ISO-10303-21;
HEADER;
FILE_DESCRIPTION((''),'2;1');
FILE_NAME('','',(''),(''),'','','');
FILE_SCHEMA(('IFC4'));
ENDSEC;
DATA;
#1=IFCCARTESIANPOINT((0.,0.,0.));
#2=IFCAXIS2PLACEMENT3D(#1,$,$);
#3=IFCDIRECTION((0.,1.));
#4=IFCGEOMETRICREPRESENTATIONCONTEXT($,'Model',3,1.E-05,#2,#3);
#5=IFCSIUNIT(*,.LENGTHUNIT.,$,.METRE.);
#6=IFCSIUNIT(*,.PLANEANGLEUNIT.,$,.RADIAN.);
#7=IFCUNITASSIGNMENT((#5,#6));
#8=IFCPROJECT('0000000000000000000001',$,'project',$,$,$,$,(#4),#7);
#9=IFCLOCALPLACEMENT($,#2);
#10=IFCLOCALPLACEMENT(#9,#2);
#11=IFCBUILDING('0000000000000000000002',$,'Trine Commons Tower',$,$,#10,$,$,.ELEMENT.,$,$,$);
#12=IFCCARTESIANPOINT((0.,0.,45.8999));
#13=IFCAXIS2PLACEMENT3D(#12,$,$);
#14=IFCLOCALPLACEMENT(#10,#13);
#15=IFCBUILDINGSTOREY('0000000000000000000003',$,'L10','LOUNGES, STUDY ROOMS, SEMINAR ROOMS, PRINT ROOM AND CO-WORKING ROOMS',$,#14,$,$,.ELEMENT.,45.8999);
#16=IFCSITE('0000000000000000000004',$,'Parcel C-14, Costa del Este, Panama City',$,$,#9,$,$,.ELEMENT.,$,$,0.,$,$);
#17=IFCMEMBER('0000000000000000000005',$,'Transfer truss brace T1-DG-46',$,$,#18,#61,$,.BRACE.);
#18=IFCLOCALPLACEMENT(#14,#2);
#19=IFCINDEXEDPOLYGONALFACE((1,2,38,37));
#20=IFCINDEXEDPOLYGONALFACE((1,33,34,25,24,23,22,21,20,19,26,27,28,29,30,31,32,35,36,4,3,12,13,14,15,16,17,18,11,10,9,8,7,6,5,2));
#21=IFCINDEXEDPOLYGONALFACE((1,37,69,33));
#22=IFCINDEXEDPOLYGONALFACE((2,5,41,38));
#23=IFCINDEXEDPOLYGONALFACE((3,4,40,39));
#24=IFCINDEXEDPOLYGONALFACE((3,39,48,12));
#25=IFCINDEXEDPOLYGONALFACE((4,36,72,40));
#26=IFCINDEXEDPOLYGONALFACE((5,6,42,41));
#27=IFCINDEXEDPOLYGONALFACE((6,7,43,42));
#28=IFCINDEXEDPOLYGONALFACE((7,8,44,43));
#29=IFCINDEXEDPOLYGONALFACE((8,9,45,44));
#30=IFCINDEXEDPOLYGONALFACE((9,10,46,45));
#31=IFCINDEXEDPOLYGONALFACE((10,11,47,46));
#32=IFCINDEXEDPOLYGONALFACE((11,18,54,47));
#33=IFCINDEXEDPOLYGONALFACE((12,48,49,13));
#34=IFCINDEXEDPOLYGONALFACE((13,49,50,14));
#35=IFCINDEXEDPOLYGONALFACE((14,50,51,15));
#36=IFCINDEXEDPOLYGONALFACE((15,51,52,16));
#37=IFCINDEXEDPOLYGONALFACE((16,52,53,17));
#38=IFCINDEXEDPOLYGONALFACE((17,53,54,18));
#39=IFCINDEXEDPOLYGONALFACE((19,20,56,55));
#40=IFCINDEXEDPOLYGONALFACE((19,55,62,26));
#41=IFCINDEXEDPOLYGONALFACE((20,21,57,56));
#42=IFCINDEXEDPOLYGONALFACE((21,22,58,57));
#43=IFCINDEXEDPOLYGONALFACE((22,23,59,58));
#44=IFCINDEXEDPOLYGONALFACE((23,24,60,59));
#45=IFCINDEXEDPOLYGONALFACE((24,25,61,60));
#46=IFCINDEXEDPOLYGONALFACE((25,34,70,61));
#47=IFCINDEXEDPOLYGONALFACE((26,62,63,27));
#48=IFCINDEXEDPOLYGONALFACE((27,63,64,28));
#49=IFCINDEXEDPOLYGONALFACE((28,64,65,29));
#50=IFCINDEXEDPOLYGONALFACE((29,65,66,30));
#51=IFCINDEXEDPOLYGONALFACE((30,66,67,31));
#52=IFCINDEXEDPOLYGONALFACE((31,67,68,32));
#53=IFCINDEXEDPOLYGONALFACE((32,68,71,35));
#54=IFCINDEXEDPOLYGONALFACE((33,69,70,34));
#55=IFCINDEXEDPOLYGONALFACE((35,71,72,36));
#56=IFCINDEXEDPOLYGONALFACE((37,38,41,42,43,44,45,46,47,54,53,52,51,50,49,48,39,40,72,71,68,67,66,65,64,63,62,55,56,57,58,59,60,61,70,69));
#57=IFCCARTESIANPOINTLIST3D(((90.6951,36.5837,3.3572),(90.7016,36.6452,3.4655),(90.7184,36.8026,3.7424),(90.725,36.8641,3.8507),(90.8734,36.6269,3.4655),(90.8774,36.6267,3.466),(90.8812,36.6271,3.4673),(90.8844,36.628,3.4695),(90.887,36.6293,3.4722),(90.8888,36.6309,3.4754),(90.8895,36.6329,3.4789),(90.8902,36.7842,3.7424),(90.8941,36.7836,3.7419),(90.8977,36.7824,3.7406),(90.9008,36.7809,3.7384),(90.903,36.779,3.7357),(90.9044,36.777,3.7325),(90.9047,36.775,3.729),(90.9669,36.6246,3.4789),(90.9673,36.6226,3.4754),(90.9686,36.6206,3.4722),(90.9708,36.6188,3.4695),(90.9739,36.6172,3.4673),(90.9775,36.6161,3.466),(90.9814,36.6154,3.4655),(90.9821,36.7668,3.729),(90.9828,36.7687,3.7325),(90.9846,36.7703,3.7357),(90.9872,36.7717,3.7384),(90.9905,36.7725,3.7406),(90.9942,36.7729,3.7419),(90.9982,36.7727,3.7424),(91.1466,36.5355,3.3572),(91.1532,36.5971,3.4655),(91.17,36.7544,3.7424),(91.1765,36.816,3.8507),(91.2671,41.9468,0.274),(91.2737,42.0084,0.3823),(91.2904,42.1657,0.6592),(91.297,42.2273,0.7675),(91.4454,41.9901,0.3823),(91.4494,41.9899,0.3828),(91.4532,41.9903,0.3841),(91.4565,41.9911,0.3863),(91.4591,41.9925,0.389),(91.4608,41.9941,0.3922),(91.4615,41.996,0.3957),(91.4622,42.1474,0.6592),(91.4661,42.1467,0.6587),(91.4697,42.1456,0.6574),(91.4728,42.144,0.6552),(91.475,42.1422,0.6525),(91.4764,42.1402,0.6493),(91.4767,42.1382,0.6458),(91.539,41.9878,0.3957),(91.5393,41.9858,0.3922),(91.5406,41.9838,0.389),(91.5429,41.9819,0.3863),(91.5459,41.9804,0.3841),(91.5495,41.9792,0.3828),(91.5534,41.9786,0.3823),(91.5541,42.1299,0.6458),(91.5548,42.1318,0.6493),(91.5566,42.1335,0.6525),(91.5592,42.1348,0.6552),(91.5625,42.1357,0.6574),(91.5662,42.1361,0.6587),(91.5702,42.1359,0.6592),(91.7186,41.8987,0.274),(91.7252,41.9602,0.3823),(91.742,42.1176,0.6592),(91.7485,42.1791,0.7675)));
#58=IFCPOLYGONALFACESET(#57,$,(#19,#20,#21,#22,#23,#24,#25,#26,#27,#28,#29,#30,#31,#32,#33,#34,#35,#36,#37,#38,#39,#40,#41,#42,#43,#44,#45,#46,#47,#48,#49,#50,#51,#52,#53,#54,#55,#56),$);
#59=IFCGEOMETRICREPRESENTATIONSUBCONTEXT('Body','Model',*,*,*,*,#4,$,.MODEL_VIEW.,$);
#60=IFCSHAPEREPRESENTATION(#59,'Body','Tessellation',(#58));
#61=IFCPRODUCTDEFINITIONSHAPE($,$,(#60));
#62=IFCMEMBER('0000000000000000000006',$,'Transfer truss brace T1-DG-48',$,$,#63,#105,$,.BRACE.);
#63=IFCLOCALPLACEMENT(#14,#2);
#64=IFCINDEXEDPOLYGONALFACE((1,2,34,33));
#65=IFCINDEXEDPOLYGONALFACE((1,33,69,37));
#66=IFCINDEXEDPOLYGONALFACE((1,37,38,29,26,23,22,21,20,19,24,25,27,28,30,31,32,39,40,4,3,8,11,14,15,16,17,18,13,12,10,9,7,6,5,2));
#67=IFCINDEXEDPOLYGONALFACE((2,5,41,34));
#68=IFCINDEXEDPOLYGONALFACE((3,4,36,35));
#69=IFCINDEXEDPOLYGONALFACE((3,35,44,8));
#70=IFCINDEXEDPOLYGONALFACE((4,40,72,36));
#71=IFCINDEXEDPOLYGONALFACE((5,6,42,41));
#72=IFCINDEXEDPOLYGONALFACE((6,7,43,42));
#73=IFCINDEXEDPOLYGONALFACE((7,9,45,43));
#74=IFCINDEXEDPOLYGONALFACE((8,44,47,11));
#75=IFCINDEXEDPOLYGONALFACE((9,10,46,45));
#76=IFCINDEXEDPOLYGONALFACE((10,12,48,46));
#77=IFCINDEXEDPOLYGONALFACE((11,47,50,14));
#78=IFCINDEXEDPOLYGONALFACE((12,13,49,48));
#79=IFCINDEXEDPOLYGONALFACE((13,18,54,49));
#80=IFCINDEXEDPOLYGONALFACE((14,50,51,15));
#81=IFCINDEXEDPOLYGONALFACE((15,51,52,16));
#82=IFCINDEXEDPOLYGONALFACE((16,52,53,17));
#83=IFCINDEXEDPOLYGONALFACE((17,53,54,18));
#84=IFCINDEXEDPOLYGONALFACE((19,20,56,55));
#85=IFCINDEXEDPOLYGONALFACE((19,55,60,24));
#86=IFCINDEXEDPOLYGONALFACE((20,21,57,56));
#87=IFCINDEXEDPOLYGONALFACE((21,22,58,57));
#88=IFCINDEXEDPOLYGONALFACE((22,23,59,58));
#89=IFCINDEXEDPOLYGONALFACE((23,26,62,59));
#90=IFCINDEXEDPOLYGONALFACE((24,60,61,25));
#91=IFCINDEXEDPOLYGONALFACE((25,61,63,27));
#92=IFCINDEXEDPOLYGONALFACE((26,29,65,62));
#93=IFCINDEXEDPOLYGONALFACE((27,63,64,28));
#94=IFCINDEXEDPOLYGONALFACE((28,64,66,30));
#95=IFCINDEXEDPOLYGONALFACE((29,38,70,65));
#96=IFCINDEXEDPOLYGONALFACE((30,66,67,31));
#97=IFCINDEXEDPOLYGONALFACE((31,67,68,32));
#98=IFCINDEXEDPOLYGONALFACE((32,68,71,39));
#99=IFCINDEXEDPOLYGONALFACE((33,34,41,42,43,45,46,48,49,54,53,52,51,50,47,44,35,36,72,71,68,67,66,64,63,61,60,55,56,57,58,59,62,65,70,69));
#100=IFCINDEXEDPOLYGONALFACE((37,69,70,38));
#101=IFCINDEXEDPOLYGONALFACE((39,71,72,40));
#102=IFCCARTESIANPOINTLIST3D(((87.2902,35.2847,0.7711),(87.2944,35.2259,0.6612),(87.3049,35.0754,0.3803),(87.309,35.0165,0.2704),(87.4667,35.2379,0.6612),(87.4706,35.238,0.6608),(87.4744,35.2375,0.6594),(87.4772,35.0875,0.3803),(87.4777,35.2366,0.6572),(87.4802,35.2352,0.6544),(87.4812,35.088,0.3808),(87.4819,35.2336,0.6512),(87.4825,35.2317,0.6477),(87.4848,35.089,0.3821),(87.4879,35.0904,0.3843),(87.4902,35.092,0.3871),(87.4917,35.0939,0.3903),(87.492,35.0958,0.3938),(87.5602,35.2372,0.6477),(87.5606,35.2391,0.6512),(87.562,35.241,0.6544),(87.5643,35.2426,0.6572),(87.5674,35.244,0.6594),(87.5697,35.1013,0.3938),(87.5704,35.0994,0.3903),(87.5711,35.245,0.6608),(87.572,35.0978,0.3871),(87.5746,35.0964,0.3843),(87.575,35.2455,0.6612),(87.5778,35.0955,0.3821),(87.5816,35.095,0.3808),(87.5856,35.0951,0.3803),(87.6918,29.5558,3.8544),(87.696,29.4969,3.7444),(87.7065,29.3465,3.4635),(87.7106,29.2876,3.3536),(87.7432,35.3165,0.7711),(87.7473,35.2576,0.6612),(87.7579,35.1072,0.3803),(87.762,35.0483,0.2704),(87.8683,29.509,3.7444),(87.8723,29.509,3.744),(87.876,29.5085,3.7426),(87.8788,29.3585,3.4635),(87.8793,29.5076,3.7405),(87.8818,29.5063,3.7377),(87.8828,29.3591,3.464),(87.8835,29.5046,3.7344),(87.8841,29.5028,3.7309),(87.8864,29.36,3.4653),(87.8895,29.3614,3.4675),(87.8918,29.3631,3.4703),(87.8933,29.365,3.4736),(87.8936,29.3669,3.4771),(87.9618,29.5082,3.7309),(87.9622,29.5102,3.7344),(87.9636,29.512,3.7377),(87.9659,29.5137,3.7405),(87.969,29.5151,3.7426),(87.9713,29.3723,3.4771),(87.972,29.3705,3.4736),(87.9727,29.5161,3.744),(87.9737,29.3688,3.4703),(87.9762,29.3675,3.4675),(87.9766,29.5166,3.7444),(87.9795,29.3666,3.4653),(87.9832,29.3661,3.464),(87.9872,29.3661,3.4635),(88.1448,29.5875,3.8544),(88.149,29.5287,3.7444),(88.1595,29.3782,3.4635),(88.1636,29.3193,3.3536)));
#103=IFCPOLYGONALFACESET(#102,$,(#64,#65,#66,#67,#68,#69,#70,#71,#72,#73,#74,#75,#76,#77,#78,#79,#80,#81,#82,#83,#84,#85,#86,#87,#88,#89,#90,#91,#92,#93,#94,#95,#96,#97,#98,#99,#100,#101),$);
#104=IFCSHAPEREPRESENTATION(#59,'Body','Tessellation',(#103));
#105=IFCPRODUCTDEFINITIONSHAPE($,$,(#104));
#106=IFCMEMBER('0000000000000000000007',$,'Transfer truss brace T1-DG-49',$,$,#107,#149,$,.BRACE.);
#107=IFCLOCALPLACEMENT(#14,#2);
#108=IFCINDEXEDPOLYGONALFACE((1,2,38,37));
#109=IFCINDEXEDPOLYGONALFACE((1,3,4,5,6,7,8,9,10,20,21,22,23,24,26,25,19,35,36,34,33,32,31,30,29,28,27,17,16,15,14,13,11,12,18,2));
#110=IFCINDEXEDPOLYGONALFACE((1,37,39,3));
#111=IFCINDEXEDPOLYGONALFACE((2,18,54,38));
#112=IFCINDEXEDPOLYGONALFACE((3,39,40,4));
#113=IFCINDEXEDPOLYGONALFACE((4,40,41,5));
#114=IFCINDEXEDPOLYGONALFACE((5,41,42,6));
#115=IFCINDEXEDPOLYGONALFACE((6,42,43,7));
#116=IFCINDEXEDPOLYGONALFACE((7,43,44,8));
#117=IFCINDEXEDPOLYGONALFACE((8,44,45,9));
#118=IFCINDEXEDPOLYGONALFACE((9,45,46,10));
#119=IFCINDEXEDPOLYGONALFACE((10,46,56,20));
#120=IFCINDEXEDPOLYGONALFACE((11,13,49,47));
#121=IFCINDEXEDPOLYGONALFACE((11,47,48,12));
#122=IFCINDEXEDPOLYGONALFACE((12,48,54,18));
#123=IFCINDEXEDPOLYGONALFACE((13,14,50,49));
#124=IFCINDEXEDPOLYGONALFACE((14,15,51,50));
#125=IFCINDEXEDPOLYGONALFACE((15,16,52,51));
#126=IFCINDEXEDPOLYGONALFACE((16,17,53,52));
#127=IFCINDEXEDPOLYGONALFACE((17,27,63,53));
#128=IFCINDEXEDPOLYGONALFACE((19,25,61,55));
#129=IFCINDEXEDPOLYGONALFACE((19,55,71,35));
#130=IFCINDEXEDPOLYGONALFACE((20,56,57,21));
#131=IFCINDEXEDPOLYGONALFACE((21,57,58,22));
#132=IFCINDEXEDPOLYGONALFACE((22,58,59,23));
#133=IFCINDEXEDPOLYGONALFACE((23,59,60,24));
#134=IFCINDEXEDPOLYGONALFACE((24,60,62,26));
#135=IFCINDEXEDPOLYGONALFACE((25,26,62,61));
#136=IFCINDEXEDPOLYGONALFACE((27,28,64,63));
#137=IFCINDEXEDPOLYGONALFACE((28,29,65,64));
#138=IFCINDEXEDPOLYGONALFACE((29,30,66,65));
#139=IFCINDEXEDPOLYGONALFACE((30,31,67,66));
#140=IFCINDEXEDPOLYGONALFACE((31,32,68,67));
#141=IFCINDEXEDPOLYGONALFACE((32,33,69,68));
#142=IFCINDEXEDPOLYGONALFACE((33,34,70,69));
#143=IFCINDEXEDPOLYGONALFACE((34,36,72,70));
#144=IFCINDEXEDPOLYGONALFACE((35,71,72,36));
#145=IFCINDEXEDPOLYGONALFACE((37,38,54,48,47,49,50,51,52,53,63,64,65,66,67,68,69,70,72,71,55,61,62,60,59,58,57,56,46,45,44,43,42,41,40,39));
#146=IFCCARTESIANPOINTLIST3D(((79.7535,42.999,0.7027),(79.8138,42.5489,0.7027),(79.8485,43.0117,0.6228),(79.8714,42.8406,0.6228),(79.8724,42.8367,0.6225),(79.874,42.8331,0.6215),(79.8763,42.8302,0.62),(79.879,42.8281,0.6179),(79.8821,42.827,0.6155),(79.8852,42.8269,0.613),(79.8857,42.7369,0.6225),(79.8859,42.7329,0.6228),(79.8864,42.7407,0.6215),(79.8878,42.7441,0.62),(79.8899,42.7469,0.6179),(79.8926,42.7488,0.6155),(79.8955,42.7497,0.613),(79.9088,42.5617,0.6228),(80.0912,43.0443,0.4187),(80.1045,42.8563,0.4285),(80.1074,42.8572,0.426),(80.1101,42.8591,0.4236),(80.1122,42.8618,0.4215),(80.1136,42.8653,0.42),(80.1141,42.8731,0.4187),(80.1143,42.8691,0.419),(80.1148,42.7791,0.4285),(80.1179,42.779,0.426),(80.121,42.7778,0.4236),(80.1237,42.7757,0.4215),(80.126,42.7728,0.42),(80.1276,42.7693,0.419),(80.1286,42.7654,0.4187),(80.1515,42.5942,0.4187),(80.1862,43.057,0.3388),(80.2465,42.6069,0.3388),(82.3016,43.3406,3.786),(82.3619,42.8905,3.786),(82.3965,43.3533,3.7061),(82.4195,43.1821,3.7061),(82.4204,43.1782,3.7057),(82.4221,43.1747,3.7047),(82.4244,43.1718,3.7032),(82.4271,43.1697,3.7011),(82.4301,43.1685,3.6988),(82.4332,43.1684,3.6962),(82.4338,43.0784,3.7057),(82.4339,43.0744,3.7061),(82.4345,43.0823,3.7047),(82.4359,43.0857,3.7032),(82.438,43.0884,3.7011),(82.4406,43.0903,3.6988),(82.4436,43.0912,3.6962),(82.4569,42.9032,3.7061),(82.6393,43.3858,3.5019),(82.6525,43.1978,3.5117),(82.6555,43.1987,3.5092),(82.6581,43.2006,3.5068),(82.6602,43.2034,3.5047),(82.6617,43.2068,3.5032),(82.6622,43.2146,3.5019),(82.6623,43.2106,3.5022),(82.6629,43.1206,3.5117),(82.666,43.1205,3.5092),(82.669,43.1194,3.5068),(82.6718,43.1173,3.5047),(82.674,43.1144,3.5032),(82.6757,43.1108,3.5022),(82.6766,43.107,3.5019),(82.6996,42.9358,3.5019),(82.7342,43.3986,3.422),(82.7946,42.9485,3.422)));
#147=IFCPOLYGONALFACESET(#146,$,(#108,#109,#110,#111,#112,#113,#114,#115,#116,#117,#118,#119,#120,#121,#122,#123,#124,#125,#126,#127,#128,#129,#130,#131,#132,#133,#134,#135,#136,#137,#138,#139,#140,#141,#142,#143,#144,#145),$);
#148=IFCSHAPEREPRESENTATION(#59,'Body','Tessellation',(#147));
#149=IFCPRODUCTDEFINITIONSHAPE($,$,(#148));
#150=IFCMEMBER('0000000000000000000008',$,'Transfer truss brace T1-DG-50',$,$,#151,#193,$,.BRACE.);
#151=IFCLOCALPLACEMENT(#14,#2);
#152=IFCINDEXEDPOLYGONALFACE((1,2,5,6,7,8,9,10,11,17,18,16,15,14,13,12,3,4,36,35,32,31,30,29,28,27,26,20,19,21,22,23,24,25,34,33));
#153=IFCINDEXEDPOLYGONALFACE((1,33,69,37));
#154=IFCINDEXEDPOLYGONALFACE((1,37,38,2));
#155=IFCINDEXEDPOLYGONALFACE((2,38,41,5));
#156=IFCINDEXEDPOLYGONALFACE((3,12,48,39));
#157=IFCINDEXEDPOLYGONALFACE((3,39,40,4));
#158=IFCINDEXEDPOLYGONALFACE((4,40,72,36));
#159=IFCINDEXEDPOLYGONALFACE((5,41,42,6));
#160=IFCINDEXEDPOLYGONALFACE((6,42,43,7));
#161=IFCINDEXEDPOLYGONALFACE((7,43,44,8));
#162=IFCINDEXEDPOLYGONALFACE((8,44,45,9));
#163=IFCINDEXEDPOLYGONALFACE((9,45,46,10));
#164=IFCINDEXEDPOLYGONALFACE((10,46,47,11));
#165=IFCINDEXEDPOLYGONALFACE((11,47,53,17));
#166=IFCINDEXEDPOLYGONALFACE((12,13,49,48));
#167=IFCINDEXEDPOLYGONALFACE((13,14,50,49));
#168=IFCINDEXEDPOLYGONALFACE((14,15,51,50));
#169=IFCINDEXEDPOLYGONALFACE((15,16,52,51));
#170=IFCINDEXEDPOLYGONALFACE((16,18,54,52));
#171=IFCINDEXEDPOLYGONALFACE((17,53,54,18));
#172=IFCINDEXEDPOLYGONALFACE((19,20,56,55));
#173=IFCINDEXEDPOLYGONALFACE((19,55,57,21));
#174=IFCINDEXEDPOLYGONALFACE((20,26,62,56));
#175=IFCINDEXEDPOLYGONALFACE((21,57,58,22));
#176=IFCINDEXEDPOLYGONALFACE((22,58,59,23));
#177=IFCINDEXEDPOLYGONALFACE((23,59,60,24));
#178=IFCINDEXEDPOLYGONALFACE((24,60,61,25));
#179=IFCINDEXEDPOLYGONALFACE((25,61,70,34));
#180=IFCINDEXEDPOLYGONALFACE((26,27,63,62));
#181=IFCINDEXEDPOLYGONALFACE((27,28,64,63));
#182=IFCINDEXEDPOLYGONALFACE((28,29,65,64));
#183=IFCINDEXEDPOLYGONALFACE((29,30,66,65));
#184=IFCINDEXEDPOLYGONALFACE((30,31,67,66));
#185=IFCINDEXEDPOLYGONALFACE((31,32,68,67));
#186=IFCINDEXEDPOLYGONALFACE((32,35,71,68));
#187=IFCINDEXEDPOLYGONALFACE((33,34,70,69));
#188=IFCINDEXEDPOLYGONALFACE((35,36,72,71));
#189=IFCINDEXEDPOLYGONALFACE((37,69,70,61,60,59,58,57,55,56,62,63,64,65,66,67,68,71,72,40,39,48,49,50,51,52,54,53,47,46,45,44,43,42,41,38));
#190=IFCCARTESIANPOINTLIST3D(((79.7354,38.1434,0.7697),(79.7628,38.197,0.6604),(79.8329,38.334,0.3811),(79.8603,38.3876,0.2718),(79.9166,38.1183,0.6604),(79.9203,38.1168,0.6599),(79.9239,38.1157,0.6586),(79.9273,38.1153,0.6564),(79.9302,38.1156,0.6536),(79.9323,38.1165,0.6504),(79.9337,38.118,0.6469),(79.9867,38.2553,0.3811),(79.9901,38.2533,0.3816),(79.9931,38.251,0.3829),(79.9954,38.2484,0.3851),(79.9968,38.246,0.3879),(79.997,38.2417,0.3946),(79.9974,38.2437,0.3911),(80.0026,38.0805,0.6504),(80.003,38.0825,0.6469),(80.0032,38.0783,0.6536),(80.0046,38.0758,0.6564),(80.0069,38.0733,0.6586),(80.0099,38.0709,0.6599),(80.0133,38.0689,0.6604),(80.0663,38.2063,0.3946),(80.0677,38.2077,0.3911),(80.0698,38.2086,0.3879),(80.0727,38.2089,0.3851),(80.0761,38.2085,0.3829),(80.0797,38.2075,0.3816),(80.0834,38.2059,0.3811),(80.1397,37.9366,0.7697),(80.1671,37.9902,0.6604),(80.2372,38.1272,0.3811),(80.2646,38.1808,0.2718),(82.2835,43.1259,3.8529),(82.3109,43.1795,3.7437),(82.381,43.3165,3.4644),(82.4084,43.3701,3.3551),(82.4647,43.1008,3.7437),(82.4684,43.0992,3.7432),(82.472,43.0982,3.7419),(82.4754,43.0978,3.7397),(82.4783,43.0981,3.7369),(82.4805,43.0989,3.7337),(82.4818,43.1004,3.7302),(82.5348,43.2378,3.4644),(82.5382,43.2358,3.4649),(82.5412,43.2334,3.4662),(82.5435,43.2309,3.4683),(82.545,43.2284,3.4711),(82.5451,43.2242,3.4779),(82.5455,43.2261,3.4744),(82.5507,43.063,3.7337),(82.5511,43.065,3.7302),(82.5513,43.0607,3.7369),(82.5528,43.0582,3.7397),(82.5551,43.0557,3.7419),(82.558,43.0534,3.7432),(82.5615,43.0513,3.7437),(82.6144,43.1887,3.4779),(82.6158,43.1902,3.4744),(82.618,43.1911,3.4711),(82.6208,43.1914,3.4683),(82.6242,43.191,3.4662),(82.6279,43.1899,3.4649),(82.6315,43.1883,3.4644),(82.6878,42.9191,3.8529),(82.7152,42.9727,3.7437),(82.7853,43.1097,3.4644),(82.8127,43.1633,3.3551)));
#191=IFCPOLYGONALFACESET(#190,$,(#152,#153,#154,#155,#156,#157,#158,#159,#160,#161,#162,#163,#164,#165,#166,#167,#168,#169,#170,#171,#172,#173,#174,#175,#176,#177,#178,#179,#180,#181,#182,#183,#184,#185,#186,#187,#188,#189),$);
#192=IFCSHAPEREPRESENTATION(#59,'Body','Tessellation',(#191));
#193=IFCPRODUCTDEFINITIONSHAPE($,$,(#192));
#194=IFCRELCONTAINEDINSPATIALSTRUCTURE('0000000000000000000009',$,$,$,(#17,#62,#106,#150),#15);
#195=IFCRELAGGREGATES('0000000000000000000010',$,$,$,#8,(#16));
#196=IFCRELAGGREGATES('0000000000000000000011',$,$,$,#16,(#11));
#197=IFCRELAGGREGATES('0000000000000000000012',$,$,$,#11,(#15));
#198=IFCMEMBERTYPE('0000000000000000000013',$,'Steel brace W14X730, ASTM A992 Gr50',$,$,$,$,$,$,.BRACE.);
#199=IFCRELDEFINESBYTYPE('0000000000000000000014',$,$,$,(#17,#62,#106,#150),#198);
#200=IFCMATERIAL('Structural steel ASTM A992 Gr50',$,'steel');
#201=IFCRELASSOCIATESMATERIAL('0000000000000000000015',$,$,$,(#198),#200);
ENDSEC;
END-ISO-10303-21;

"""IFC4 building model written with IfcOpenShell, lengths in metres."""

from ifc_helpers import new_model, si_unit, direction, frame, origin, origin_2d, place, context, subcontext, project, spatial, i_section, extrude, material, material_profile, profile_set, type_object, element, save


model = new_model("IFC4")

# Units and contexts
model_context = context("Model", 3, precision=1e-05, world=origin(), true_north=direction((0.0, 1.0)))
body_context = subcontext(model_context, "Body", "Model", "MODEL_VIEW")
ifc_project = project(units=[si_unit("LENGTHUNIT", "METRE"), si_unit("PLANEANGLEUNIT", "RADIAN")], contexts=[model_context])

# Site, building, storey
site_placement = place(None, origin())
site = spatial("IfcSite", under=ifc_project, at=site_placement, Name="Parcel C-14, Costa del Este, Panama City", CompositionType="ELEMENT", RefElevation=0.0)
building_placement = place(site_placement, origin())
building = spatial("IfcBuilding", under=site, at=building_placement, Name="Trine Commons Tower", CompositionType="ELEMENT")
storey_placement = place(building_placement, frame((0.0, 0.0, 45.8999)))
storey = spatial("IfcBuildingStorey", under=building, at=storey_placement, Name="L10", Description="LOUNGES, STUDY ROOMS, SEMINAR ROOMS, PRINT ROOM AND CO-WORKING ROOMS", CompositionType="ELEMENT", Elevation=45.8999)

# Members
ifc_material_1 = material(Name="Structural steel ASTM A992 Gr50", Category="steel")
ifc_material_profile_1 = material_profile(ifc_material_1, i_section(OverallWidth=0.4541, OverallDepth=0.5684, WebThickness=0.0779, FlangeThickness=0.1248, FilletRadius=0.0154, at=origin_2d()), Name="W14X730")
ifc_profile_set_1 = profile_set([ifc_material_profile_1], Name="Structural steel ASTM A992 Gr50")
member_type_1 = type_object("IfcMemberType", Name="Steel brace W14X730, ASTM A992 Gr50", PredefinedType="BRACE", material=ifc_profile_set_1)
member_1_placement = place(storey_placement, frame((91.5078, 42.063, 0.5208), z_axis=(-0.092072, -0.863268, 0.496277), x_axis=(0.99436, -0.106054, 0.0)))
element("IfcMember", 1, at=member_1_placement, inside=storey, type_object=member_type_1, Name="Transfer truss brace T1-DG-46", PredefinedType="BRACE", context=body_context, shape_type="SweptSolid", body=[
    extrude(i_section(OverallWidth=0.4541, OverallDepth=0.5684, WebThickness=0.0779, FlangeThickness=0.1248, FilletRadius=0.0154, at=origin_2d()), origin(), (0.0, 0.0, 1.0), 6.2126),
])
member_2_placement = place(storey_placement, frame((87.5261, 35.1665, 0.5208), z_axis=(0.061612, -0.878901, 0.473009), x_axis=(0.997552, 0.06993, 0.0)))
element("IfcMember", 2, at=member_2_placement, inside=storey, type_object=member_type_1, Name="Transfer truss brace T1-DG-48", PredefinedType="BRACE", context=body_context, shape_type="SweptSolid", body=[
    extrude(i_section(OverallWidth=0.4541, OverallDepth=0.5684, WebThickness=0.0779, FlangeThickness=0.1248, FilletRadius=0.0154, at=origin_2d()), origin(), (0.0, 0.0, 1.0), 6.5183),
])
member_3_placement = place(storey_placement, frame((80.0, 42.803, 0.5208), z_axis=(0.634729, 0.085081, 0.768036), x_axis=(-0.132854, 0.991136, 0.0)))
element("IfcMember", 3, at=member_3_placement, inside=storey, type_object=member_type_1, Name="Transfer truss brace T1-DG-49", PredefinedType="BRACE", context=body_context, shape_type="SweptSolid", body=[
    extrude(i_section(OverallWidth=0.4541, OverallDepth=0.5684, WebThickness=0.0779, FlangeThickness=0.1248, FilletRadius=0.0154, at=origin_2d()), origin(), (0.0, 0.0, 1.0), 4.0144),
])
member_4_placement = place(storey_placement, frame((80.0, 38.1621, 0.5208), z_axis=(0.398804, 0.779801, 0.482561), x_axis=(-0.890324, 0.455327, 0.0)))
element("IfcMember", 4, at=member_4_placement, inside=storey, type_object=member_type_1, Name="Transfer truss brace T1-DG-50", PredefinedType="BRACE", context=body_context, shape_type="SweptSolid", body=[
    extrude(i_section(OverallWidth=0.4541, OverallDepth=0.5684, WebThickness=0.0779, FlangeThickness=0.1248, FilletRadius=0.0154, at=origin_2d()), origin(), (0.0, 0.0, 1.0), 6.3894),
])

save(model, "model.ifc")
